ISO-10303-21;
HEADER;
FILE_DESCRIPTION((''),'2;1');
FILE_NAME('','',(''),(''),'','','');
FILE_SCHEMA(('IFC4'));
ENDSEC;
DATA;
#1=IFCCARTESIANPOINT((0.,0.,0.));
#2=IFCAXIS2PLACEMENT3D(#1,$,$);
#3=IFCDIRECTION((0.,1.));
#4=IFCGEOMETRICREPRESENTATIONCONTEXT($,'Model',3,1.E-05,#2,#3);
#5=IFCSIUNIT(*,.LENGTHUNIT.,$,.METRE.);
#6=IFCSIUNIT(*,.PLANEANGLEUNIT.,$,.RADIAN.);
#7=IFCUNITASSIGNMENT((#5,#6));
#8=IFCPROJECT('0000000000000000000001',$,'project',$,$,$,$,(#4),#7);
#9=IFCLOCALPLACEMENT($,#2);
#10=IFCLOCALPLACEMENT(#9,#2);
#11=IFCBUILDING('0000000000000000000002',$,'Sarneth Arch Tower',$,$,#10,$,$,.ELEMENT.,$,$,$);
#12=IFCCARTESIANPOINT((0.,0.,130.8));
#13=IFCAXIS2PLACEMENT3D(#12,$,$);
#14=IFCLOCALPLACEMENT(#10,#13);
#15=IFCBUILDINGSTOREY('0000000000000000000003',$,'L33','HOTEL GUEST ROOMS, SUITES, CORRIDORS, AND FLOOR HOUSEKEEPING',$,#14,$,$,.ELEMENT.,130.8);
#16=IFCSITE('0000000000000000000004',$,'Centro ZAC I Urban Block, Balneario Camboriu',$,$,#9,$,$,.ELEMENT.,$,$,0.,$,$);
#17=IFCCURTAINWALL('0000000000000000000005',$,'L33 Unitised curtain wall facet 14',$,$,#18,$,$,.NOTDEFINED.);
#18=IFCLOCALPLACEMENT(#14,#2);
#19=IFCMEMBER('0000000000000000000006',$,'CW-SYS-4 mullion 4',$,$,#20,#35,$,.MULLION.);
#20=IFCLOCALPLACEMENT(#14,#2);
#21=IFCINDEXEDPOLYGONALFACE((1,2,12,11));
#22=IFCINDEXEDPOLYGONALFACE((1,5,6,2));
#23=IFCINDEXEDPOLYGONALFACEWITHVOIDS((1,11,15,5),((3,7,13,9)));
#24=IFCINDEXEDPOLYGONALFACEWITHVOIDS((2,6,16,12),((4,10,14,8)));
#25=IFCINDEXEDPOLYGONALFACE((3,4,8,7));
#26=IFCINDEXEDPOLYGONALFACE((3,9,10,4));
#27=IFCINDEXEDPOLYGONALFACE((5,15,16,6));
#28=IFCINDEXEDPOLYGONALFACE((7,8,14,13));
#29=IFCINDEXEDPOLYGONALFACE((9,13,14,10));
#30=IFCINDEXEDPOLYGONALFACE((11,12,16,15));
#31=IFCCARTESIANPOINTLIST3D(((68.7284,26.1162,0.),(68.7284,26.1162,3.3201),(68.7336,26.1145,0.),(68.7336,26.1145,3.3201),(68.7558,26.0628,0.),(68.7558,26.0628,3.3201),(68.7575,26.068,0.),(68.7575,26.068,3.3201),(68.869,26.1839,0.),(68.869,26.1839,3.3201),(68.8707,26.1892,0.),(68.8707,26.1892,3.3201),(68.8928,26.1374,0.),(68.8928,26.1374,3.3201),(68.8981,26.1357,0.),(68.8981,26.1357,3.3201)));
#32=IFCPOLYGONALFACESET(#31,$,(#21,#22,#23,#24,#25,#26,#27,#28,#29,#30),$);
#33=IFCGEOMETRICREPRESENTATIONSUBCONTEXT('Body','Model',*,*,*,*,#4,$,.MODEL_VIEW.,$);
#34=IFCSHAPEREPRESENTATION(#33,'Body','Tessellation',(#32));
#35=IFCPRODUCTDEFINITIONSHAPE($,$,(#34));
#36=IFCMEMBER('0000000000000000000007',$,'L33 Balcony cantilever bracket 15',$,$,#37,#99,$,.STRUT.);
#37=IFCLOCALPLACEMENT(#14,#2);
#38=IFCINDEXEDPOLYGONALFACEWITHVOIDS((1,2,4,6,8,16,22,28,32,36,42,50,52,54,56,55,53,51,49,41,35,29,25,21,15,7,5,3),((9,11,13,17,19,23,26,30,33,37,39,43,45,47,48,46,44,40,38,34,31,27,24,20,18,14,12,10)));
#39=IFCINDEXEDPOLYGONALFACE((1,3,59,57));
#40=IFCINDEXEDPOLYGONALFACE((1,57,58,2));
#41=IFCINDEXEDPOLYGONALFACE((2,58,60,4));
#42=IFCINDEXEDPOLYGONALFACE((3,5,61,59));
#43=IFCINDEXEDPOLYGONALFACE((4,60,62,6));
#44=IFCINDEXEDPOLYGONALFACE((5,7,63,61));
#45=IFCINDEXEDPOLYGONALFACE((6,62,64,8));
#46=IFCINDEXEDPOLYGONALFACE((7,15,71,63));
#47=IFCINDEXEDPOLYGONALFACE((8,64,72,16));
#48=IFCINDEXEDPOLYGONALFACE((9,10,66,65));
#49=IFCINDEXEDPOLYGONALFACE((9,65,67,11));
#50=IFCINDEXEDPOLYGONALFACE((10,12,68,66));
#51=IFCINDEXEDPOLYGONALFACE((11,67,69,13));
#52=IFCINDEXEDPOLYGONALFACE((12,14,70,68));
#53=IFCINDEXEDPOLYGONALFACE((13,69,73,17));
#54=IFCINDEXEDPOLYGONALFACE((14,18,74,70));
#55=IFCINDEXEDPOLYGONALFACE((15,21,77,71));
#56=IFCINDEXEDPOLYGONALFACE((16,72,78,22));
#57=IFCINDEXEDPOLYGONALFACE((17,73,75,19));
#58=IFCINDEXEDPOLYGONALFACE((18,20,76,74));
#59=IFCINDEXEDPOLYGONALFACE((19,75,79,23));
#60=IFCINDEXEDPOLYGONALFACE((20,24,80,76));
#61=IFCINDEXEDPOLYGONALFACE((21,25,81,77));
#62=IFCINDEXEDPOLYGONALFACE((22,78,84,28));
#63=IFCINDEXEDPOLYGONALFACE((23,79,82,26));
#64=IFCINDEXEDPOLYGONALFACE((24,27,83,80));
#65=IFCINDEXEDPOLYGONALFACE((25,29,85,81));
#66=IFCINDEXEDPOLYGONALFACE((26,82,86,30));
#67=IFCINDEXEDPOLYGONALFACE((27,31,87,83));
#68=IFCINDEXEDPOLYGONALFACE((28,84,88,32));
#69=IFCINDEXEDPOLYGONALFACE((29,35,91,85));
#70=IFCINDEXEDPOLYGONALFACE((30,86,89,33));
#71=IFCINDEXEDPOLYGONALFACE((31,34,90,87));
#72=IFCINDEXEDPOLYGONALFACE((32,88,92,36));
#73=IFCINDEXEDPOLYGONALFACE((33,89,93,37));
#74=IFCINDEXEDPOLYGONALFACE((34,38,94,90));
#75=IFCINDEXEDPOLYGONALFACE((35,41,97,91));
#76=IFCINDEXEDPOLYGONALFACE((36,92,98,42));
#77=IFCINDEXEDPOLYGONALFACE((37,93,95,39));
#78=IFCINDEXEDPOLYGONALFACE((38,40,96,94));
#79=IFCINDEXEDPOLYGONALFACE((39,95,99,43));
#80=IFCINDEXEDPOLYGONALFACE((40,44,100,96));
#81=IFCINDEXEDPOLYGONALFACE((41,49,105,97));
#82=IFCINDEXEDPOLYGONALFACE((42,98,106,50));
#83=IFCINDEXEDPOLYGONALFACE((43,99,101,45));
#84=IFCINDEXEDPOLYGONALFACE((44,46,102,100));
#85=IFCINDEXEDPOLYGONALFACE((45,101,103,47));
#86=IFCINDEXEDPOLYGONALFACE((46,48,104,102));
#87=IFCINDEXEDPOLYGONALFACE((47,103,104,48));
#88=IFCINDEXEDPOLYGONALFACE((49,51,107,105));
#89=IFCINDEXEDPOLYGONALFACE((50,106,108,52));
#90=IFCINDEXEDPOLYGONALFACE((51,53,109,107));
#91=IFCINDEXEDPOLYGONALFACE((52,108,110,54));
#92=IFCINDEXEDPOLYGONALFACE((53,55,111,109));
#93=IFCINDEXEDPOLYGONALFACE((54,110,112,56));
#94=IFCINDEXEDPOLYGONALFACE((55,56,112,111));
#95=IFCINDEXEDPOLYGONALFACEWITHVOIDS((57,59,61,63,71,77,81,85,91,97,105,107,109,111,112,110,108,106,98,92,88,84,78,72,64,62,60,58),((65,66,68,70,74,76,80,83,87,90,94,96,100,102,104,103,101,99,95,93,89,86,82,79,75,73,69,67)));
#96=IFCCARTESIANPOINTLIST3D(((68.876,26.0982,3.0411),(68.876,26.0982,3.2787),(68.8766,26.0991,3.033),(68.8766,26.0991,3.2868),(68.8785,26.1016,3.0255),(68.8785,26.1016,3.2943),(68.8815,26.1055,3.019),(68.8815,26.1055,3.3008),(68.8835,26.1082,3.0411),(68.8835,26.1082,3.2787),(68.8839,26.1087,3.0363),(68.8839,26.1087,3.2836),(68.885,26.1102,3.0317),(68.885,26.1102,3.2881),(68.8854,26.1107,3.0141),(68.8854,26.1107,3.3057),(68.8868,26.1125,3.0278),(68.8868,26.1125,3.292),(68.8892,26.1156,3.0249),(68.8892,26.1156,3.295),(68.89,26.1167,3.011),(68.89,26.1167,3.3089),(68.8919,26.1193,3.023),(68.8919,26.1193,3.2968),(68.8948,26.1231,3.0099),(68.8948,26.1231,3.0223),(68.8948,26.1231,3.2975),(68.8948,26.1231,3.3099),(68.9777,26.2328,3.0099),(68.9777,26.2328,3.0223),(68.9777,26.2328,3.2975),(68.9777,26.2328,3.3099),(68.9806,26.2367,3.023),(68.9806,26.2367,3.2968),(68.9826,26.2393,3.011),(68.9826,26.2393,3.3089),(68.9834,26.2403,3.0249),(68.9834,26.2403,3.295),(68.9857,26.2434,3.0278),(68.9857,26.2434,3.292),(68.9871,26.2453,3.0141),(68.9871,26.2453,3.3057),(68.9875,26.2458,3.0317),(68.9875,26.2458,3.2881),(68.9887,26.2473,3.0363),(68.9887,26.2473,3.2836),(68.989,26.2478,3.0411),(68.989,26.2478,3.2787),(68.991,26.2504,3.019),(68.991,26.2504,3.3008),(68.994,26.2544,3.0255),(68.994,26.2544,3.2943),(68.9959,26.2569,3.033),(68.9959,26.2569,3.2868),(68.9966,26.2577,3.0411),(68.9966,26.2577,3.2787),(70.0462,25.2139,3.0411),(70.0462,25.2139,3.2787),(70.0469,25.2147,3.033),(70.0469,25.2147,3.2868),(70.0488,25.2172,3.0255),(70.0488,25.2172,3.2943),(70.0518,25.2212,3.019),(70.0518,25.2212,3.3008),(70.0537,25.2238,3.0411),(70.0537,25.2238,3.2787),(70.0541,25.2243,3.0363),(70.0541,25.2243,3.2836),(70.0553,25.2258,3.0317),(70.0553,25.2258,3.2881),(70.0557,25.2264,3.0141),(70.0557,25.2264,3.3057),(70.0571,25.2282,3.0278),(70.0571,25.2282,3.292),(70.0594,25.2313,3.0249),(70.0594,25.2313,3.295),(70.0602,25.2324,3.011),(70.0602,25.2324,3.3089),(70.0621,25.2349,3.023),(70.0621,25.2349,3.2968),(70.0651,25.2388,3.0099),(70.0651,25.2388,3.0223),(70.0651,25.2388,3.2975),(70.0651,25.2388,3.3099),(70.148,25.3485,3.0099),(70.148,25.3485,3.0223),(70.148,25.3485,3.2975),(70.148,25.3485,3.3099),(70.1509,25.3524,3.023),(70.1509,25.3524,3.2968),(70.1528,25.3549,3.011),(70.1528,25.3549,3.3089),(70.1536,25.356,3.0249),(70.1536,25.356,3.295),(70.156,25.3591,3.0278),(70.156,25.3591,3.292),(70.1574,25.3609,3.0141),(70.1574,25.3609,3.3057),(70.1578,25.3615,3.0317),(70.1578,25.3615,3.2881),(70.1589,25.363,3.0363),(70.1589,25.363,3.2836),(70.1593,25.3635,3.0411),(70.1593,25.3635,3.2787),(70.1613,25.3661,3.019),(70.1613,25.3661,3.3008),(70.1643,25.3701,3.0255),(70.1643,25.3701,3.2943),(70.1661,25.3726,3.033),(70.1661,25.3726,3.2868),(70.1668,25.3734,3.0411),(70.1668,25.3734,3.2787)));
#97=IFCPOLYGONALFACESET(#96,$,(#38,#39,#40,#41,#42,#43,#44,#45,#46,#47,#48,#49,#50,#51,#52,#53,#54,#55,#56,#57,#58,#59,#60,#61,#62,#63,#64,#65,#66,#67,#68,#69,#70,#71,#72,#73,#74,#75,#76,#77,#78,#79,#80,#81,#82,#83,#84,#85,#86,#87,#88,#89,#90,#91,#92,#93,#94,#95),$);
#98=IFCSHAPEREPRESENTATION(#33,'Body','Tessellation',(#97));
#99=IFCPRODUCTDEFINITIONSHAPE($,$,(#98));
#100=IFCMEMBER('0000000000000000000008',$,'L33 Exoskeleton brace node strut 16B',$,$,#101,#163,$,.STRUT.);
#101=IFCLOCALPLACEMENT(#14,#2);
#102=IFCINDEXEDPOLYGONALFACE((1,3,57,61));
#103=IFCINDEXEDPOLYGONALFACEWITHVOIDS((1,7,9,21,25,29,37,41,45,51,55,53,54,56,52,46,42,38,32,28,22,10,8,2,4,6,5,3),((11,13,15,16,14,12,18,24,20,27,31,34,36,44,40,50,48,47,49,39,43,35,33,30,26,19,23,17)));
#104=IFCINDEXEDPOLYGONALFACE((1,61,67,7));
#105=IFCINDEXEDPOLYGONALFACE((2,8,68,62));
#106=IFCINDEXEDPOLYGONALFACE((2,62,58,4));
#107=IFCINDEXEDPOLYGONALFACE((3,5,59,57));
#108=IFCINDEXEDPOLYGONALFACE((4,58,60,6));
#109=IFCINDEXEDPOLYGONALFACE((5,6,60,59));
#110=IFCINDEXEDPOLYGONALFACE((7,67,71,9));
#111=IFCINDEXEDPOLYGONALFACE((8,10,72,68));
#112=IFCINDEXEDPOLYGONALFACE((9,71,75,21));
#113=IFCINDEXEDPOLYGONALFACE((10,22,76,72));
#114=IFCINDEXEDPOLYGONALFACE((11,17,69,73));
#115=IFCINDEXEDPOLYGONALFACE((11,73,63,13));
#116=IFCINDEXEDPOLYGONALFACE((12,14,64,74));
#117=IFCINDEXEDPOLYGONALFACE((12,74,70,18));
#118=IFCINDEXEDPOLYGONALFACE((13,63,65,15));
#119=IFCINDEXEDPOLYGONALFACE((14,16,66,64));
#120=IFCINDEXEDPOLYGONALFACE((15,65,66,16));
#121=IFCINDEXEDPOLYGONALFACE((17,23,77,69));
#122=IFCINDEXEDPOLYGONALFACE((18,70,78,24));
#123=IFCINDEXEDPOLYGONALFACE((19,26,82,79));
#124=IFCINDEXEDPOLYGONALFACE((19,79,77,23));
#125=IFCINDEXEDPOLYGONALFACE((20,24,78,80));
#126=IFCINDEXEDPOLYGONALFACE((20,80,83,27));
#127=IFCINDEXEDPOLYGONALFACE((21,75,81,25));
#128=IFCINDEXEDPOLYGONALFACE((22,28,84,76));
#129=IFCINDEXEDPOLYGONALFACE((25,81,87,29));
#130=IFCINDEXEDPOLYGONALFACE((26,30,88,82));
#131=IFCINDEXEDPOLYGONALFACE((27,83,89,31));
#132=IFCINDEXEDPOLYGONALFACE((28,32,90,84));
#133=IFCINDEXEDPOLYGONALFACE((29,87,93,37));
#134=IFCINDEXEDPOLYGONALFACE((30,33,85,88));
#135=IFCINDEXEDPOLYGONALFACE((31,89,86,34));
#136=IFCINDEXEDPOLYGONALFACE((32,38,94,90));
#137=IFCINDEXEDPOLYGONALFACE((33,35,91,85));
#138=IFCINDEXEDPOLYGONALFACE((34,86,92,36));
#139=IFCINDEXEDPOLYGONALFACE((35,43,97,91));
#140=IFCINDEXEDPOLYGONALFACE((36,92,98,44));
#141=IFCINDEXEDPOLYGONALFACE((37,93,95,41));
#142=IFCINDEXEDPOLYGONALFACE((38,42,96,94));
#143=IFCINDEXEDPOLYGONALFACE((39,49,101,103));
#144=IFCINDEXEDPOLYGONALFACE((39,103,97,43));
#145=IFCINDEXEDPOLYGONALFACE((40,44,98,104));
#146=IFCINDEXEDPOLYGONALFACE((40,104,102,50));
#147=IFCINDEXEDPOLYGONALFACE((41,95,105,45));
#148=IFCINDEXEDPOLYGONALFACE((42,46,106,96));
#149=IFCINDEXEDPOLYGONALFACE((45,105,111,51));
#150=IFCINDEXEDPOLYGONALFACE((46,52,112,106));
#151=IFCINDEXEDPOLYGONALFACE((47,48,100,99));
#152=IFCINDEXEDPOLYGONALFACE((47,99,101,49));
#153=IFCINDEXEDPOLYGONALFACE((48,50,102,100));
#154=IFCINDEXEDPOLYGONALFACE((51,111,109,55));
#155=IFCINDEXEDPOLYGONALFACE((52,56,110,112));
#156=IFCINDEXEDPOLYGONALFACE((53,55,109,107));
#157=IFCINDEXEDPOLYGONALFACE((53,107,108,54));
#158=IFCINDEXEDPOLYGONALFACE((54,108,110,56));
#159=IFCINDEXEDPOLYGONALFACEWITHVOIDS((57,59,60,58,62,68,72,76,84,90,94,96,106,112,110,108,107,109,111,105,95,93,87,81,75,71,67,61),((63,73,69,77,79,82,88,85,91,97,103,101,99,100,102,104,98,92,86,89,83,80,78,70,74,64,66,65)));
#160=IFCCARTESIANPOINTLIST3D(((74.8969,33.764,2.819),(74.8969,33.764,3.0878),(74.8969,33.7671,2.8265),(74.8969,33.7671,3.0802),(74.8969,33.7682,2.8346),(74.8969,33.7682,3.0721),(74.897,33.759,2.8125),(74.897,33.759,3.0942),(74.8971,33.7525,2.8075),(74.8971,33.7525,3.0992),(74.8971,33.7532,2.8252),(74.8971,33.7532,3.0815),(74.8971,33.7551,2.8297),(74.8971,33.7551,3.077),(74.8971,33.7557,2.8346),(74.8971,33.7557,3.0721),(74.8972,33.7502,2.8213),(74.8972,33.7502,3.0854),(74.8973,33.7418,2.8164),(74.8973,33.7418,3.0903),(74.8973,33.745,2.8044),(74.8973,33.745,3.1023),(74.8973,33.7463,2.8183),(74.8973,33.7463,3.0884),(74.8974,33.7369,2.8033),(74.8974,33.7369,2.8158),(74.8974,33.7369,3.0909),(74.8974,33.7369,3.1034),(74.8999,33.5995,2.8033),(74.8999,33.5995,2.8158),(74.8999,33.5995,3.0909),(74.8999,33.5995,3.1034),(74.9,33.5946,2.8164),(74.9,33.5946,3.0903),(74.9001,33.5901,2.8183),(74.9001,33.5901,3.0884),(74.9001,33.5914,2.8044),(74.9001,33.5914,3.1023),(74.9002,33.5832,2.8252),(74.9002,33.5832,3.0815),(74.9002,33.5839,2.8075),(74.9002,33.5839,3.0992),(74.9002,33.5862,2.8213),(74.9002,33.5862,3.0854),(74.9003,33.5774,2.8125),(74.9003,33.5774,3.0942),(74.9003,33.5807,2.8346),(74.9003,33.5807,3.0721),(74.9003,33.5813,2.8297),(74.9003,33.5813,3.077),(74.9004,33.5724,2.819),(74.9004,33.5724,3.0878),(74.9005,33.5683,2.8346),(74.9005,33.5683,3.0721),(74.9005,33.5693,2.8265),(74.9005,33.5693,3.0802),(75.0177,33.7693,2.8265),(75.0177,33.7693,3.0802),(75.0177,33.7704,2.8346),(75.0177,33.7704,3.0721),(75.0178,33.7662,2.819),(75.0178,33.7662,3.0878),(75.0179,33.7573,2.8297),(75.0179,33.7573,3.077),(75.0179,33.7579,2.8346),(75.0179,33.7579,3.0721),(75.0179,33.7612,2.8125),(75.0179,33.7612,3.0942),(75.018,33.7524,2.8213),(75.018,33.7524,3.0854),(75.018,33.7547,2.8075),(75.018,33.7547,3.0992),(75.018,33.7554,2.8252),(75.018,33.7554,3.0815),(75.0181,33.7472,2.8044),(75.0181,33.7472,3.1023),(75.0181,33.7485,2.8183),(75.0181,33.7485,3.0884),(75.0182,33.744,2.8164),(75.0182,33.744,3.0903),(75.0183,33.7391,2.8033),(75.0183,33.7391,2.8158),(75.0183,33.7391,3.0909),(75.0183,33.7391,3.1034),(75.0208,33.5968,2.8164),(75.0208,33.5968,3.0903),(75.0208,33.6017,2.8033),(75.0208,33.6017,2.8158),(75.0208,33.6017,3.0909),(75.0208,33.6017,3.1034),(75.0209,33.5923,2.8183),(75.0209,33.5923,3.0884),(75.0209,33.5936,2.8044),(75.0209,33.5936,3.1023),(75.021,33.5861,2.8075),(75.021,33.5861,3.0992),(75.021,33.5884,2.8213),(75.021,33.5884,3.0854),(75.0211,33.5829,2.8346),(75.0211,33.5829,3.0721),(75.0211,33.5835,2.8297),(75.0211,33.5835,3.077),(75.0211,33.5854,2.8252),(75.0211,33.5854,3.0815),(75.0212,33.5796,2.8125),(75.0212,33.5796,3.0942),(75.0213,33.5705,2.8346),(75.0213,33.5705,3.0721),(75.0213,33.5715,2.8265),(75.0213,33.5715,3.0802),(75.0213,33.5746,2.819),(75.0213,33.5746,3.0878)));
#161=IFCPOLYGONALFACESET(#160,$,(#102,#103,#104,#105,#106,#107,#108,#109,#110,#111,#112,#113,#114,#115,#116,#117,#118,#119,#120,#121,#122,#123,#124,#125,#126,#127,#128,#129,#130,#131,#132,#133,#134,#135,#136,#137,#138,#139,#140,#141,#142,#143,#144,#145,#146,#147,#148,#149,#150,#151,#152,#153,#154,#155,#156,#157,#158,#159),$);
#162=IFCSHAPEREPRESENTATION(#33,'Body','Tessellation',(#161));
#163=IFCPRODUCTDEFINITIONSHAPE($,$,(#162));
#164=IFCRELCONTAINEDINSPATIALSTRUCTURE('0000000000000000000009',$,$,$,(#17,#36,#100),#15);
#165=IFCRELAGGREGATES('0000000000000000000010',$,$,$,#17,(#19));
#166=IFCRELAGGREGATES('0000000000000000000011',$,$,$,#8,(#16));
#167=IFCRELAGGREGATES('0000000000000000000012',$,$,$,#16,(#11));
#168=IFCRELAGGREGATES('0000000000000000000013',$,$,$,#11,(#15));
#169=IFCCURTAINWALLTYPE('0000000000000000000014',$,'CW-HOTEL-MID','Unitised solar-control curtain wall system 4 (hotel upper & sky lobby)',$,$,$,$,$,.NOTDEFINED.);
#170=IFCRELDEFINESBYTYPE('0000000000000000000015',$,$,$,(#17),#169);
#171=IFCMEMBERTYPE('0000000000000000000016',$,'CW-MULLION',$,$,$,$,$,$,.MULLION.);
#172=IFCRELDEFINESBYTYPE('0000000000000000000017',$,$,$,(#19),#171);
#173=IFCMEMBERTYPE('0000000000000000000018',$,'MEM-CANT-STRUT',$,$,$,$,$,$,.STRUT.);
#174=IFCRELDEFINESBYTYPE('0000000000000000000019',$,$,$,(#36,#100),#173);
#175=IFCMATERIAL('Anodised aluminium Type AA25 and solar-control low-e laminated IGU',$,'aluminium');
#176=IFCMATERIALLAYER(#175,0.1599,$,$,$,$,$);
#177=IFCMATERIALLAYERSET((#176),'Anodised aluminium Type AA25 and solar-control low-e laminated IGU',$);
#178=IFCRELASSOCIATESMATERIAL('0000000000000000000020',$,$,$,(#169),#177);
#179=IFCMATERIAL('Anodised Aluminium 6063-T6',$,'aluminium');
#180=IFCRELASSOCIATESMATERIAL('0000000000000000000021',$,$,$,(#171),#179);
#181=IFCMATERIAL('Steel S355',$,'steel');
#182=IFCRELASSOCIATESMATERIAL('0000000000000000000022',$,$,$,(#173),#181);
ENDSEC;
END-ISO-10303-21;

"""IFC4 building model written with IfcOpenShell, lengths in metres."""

from ifc_helpers import new_model, si_unit, direction, frame, origin, origin_2d, place, context, subcontext, project, spatial, hollow_rectangle, extrude, material, layer, layer_set, material_profile, profile_set, type_object, element, aggregate, save


model = new_model("IFC4")

# Units and contexts
model_context = context("Model", 3, precision=1e-05, world=origin(), true_north=direction((0.0, 1.0)))
body_context = subcontext(model_context, "Body", "Model", "MODEL_VIEW")
ifc_project = project(units=[si_unit("LENGTHUNIT", "METRE"), si_unit("PLANEANGLEUNIT", "RADIAN")], contexts=[model_context])

# Site, building, storey
site_placement = place(None, origin())
site = spatial("IfcSite", under=ifc_project, at=site_placement, Name="Centro ZAC I Urban Block, Balneario Camboriu", CompositionType="ELEMENT", RefElevation=0.0)
building_placement = place(site_placement, origin())
building = spatial("IfcBuilding", under=site, at=building_placement, Name="Sarneth Arch Tower", CompositionType="ELEMENT")
storey_placement = place(building_placement, frame((0.0, 0.0, 130.8)))
storey = spatial("IfcBuildingStorey", under=building, at=storey_placement, Name="L33", Description="HOTEL GUEST ROOMS, SUITES, CORRIDORS, AND FLOOR HOUSEKEEPING", CompositionType="ELEMENT", Elevation=130.8)

# Curtain wall, member
ifc_material_1 = material(Name="Anodised aluminium Type AA25 and solar-control low-e laminated IGU", Category="aluminium")
ifc_layer_1 = layer(ifc_material_1, 0.1599)
ifc_layer_set_1 = layer_set([ifc_layer_1], Name="Anodised aluminium Type AA25 and solar-control low-e laminated IGU")
curtain_wall_type = type_object("IfcCurtainWallType", Name="CW-HOTEL-MID", Description="Unitised solar-control curtain wall system 4 (hotel upper & sky lobby)", PredefinedType="NOTDEFINED", material=ifc_layer_set_1)
curtain_wall_placement = place(storey_placement, origin())
curtain_wall = element("IfcCurtainWall", 1, at=curtain_wall_placement, inside=storey, type_object=curtain_wall_type, Name="L33 Unitised curtain wall facet 14", PredefinedType="NOTDEFINED")
ifc_material_2 = material(Name="Anodised Aluminium 6063-T6", Category="aluminium")
ifc_material_profile_1 = material_profile(ifc_material_2, hollow_rectangle(XDim=0.0601, YDim=0.1599, WallThickness=0.0039, at=origin_2d()), Name="AL-MULL-160x60x4")
ifc_profile_set_1 = profile_set([ifc_material_profile_1], Name="Anodised Aluminium 6063-T6")
member_type_1 = type_object("IfcMemberType", Name="CW-MULLION", PredefinedType="MULLION", material=ifc_profile_set_1)
member_1_placement = place(storey_placement, frame((68.8132, 26.126, 0.0), z_axis=(0.0, 0.0, 1.0), x_axis=(-0.456031, 0.889964, 0.0)))
member_1 = element("IfcMember", 2, at=member_1_placement, type_object=member_type_1, Name="CW-SYS-4 mullion 4", PredefinedType="MULLION", context=body_context, shape_type="SweptSolid", body=[
    extrude(hollow_rectangle(XDim=0.0601, YDim=0.1599, WallThickness=0.0039, at=origin_2d()), origin(), (0.0, 0.0, 1.0), 3.3201),
])

# Members
ifc_material_3 = material(Name="Steel S355", Category="steel")
ifc_material_profile_2 = material_profile(ifc_material_3, hollow_rectangle(XDim=0.2, YDim=0.3, WallThickness=0.0125, InnerFilletRadius=0.0188, OuterFilletRadius=0.0312, at=origin_2d()), Name="RHS300x200x12.5")
ifc_profile_set_2 = profile_set([ifc_material_profile_2], Name="Steel S355")
member_type_2 = type_object("IfcMemberType", Name="MEM-CANT-STRUT", PredefinedType="STRUT", material=ifc_profile_set_2)
member_2_placement = place(storey_placement, frame((68.9363, 26.178, 3.1599), z_axis=(0.797818, -0.602899, 0.0), x_axis=(0.602899, 0.797818, 0.0)))
element("IfcMember", 3, at=member_2_placement, inside=storey, type_object=member_type_2, Name="L33 Balcony cantilever bracket 15", PredefinedType="STRUT", context=body_context, shape_type="SweptSolid", body=[
    extrude(hollow_rectangle(XDim=0.2, YDim=0.3, WallThickness=0.0125, InnerFilletRadius=0.0188, OuterFilletRadius=0.0312, at=origin_2d()), origin(), (0.0, 0.0, 1.0), 1.4668),
])
member_3_placement = place(storey_placement, frame((74.8987, 33.6682, 2.9534), z_axis=(0.999835, 0.018179, 0.0), x_axis=(-0.018179, 0.999835, 0.0)))
element("IfcMember", 4, at=member_3_placement, inside=storey, type_object=member_type_2, Name="L33 Exoskeleton brace node strut 16B", PredefinedType="STRUT", context=body_context, shape_type="SweptSolid", body=[
    extrude(hollow_rectangle(XDim=0.2, YDim=0.3, WallThickness=0.0125, InnerFilletRadius=0.0188, OuterFilletRadius=0.0312, at=origin_2d()), origin(), (0.0, 0.0, 1.0), 0.1208),
])

aggregate(curtain_wall, [member_1])

save(model, "model.ifc")
